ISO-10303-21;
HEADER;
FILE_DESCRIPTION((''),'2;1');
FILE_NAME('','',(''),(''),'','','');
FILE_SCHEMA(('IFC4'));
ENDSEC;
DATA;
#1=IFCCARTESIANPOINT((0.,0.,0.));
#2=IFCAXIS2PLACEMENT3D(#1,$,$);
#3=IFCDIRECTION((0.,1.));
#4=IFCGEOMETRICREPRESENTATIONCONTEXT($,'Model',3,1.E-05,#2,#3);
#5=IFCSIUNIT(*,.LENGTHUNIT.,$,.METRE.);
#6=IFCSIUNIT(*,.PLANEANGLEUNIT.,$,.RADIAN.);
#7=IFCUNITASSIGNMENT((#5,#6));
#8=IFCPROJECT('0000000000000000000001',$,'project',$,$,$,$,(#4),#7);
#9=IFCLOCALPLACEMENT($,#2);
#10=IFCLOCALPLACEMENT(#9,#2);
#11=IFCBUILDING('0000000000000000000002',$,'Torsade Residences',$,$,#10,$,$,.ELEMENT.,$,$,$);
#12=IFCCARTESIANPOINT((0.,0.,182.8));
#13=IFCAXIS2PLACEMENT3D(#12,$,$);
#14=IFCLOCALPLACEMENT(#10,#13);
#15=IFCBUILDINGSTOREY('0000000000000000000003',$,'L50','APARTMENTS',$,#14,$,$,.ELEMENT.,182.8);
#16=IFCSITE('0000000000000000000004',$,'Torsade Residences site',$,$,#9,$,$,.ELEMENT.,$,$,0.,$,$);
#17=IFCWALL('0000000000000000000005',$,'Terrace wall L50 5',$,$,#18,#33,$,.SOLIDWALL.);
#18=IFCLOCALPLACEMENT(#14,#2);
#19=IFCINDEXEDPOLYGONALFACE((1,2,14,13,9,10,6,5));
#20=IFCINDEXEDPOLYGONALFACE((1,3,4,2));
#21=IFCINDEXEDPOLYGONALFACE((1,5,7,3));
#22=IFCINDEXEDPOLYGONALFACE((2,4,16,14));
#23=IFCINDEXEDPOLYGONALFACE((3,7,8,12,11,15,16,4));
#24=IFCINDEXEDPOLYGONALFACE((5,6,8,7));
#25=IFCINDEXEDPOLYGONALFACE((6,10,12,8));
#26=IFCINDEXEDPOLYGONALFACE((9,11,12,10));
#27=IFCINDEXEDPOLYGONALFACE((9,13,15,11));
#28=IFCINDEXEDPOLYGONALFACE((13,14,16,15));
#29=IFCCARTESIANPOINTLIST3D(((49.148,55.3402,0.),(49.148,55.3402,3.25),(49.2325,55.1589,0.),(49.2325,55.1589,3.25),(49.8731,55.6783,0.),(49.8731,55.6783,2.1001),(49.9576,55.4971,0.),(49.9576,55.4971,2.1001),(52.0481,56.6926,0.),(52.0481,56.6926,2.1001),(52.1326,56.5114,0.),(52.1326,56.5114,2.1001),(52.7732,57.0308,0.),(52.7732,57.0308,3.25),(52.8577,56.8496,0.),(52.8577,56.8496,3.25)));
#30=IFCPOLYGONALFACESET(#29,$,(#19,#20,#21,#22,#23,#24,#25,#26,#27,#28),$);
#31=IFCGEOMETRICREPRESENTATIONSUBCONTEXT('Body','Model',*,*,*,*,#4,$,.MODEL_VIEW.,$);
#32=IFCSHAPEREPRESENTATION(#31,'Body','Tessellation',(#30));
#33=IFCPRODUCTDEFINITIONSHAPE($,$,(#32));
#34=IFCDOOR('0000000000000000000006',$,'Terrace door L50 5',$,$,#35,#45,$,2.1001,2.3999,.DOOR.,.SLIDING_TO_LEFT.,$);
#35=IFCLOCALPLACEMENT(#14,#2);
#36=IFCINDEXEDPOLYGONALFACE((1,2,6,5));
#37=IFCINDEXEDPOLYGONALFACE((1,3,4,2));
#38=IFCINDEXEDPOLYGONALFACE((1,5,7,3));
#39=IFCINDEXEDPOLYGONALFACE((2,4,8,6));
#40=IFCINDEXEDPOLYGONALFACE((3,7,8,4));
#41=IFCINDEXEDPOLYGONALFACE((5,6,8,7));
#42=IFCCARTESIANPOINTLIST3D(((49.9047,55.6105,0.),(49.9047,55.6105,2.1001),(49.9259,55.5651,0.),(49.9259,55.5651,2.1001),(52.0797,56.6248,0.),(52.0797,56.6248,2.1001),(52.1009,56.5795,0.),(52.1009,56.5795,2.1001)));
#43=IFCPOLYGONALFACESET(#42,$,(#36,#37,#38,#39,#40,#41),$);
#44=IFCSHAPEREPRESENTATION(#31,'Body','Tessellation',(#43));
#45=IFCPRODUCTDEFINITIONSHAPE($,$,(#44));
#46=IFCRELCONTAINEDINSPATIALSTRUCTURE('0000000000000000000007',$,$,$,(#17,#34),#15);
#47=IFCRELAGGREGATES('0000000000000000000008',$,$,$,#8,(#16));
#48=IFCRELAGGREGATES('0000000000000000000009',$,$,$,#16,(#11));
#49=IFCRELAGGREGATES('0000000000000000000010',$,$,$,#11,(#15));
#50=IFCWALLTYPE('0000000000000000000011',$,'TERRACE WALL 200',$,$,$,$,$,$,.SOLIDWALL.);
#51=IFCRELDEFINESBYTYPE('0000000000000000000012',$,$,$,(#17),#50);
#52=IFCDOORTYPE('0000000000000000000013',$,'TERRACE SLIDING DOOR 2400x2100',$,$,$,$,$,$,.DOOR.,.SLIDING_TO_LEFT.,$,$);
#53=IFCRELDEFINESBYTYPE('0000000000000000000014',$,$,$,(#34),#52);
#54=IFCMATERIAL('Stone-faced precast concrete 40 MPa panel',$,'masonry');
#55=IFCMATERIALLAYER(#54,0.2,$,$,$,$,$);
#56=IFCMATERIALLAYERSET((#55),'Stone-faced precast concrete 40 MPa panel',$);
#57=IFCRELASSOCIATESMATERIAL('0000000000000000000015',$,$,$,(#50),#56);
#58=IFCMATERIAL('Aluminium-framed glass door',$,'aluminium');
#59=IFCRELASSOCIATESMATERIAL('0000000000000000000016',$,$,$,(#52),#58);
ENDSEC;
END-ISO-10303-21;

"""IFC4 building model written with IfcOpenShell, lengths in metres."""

from ifc_helpers import new_model, si_unit, direction, frame, frame_2d, origin, place, context, subcontext, project, spatial, rectangle, extrude, material, layer, layer_set, type_object, element, fill, save


model = new_model("IFC4")

# Units and contexts
model_context = context("Model", 3, precision=1e-05, world=origin(), true_north=direction((0.0, 1.0)))
body_context = subcontext(model_context, "Body", "Model", "MODEL_VIEW")
ifc_project = project(units=[si_unit("LENGTHUNIT", "METRE"), si_unit("PLANEANGLEUNIT", "RADIAN")], contexts=[model_context])

# Site, building, storey
site_placement = place(None, origin())
site = spatial("IfcSite", under=ifc_project, at=site_placement, Name="Torsade Residences site", CompositionType="ELEMENT", RefElevation=0.0)
building_placement = place(site_placement, origin())
building = spatial("IfcBuilding", under=site, at=building_placement, Name="Torsade Residences", CompositionType="ELEMENT")
storey_placement = place(building_placement, frame((0.0, 0.0, 182.8)))
storey = spatial("IfcBuildingStorey", under=building, at=storey_placement, Name="L50", Description="APARTMENTS", CompositionType="ELEMENT", Elevation=182.8)

# Wall, opening, door
ifc_material_1 = material(Name="Stone-faced precast concrete 40 MPa panel", Category="masonry")
ifc_layer_1 = layer(ifc_material_1, 0.2)
ifc_layer_set_1 = layer_set([ifc_layer_1], Name="Stone-faced precast concrete 40 MPa panel")
wall_type_1 = type_object("IfcWallType", Name="TERRACE WALL 200", PredefinedType="SOLIDWALL", material=ifc_layer_set_1)
wall_1_placement = place(storey_placement, frame((52.8154, 56.9402, 0.0), z_axis=(0.0, 0.0, 1.0), x_axis=(-0.906289, -0.422658, 0.0)))
wall_1 = element("IfcWall", 1, at=wall_1_placement, inside=storey, type_object=wall_type_1, Name="Terrace wall L50 5", PredefinedType="SOLIDWALL", context=body_context, shape_type="SweptSolid", body=[
    extrude(rectangle(XDim=4.0, YDim=0.2, at=frame_2d((2.0, 0.0))), origin(), (0.0, 0.0, 1.0), 3.25),
])
opening_1_placement = place(wall_1_placement, frame((0.8, 0.0, 0.0)))
opening_1 = element("IfcOpeningElement", 2, at=opening_1_placement, cuts=wall_1, PredefinedType="OPENING", context=body_context, shape_type="SweptSolid", body=[
    extrude(rectangle(XDim=2.3999, YDim=2.1001, at=frame_2d((1.2, 1.05))), frame((0.0, 0.1099, 0.0), z_axis=(0.0, -1.0, 0.0), x_axis=(1.0, 0.0, 0.0)), (0.0, 0.0, 1.0), 0.22),
])
ifc_material_2 = material(Name="Aluminium-framed glass door", Category="aluminium")
door_type_1 = type_object("IfcDoorType", Name="TERRACE SLIDING DOOR 2400x2100", OperationType="SLIDING_TO_LEFT", PredefinedType="DOOR", material=ifc_material_2)
door_1_placement = place(opening_1_placement, origin())
door_1 = element("IfcDoor", 3, at=door_1_placement, inside=storey, type_object=door_type_1, Name="Terrace door L50 5", OperationType="SLIDING_TO_LEFT", OverallHeight=2.1001, OverallWidth=2.3999, PredefinedType="DOOR", context=body_context, shape_type="SweptSolid", body=[
    extrude(rectangle(XDim=2.3999, YDim=2.1001, at=frame_2d((1.2, 1.05))), frame((0.0, 0.0249, 0.0), z_axis=(0.0, -1.0, 0.0), x_axis=(1.0, 0.0, 0.0)), (0.0, 0.0, 1.0), 0.05),
])
fill(opening_1, door_1)

save(model, "model.ifc")
